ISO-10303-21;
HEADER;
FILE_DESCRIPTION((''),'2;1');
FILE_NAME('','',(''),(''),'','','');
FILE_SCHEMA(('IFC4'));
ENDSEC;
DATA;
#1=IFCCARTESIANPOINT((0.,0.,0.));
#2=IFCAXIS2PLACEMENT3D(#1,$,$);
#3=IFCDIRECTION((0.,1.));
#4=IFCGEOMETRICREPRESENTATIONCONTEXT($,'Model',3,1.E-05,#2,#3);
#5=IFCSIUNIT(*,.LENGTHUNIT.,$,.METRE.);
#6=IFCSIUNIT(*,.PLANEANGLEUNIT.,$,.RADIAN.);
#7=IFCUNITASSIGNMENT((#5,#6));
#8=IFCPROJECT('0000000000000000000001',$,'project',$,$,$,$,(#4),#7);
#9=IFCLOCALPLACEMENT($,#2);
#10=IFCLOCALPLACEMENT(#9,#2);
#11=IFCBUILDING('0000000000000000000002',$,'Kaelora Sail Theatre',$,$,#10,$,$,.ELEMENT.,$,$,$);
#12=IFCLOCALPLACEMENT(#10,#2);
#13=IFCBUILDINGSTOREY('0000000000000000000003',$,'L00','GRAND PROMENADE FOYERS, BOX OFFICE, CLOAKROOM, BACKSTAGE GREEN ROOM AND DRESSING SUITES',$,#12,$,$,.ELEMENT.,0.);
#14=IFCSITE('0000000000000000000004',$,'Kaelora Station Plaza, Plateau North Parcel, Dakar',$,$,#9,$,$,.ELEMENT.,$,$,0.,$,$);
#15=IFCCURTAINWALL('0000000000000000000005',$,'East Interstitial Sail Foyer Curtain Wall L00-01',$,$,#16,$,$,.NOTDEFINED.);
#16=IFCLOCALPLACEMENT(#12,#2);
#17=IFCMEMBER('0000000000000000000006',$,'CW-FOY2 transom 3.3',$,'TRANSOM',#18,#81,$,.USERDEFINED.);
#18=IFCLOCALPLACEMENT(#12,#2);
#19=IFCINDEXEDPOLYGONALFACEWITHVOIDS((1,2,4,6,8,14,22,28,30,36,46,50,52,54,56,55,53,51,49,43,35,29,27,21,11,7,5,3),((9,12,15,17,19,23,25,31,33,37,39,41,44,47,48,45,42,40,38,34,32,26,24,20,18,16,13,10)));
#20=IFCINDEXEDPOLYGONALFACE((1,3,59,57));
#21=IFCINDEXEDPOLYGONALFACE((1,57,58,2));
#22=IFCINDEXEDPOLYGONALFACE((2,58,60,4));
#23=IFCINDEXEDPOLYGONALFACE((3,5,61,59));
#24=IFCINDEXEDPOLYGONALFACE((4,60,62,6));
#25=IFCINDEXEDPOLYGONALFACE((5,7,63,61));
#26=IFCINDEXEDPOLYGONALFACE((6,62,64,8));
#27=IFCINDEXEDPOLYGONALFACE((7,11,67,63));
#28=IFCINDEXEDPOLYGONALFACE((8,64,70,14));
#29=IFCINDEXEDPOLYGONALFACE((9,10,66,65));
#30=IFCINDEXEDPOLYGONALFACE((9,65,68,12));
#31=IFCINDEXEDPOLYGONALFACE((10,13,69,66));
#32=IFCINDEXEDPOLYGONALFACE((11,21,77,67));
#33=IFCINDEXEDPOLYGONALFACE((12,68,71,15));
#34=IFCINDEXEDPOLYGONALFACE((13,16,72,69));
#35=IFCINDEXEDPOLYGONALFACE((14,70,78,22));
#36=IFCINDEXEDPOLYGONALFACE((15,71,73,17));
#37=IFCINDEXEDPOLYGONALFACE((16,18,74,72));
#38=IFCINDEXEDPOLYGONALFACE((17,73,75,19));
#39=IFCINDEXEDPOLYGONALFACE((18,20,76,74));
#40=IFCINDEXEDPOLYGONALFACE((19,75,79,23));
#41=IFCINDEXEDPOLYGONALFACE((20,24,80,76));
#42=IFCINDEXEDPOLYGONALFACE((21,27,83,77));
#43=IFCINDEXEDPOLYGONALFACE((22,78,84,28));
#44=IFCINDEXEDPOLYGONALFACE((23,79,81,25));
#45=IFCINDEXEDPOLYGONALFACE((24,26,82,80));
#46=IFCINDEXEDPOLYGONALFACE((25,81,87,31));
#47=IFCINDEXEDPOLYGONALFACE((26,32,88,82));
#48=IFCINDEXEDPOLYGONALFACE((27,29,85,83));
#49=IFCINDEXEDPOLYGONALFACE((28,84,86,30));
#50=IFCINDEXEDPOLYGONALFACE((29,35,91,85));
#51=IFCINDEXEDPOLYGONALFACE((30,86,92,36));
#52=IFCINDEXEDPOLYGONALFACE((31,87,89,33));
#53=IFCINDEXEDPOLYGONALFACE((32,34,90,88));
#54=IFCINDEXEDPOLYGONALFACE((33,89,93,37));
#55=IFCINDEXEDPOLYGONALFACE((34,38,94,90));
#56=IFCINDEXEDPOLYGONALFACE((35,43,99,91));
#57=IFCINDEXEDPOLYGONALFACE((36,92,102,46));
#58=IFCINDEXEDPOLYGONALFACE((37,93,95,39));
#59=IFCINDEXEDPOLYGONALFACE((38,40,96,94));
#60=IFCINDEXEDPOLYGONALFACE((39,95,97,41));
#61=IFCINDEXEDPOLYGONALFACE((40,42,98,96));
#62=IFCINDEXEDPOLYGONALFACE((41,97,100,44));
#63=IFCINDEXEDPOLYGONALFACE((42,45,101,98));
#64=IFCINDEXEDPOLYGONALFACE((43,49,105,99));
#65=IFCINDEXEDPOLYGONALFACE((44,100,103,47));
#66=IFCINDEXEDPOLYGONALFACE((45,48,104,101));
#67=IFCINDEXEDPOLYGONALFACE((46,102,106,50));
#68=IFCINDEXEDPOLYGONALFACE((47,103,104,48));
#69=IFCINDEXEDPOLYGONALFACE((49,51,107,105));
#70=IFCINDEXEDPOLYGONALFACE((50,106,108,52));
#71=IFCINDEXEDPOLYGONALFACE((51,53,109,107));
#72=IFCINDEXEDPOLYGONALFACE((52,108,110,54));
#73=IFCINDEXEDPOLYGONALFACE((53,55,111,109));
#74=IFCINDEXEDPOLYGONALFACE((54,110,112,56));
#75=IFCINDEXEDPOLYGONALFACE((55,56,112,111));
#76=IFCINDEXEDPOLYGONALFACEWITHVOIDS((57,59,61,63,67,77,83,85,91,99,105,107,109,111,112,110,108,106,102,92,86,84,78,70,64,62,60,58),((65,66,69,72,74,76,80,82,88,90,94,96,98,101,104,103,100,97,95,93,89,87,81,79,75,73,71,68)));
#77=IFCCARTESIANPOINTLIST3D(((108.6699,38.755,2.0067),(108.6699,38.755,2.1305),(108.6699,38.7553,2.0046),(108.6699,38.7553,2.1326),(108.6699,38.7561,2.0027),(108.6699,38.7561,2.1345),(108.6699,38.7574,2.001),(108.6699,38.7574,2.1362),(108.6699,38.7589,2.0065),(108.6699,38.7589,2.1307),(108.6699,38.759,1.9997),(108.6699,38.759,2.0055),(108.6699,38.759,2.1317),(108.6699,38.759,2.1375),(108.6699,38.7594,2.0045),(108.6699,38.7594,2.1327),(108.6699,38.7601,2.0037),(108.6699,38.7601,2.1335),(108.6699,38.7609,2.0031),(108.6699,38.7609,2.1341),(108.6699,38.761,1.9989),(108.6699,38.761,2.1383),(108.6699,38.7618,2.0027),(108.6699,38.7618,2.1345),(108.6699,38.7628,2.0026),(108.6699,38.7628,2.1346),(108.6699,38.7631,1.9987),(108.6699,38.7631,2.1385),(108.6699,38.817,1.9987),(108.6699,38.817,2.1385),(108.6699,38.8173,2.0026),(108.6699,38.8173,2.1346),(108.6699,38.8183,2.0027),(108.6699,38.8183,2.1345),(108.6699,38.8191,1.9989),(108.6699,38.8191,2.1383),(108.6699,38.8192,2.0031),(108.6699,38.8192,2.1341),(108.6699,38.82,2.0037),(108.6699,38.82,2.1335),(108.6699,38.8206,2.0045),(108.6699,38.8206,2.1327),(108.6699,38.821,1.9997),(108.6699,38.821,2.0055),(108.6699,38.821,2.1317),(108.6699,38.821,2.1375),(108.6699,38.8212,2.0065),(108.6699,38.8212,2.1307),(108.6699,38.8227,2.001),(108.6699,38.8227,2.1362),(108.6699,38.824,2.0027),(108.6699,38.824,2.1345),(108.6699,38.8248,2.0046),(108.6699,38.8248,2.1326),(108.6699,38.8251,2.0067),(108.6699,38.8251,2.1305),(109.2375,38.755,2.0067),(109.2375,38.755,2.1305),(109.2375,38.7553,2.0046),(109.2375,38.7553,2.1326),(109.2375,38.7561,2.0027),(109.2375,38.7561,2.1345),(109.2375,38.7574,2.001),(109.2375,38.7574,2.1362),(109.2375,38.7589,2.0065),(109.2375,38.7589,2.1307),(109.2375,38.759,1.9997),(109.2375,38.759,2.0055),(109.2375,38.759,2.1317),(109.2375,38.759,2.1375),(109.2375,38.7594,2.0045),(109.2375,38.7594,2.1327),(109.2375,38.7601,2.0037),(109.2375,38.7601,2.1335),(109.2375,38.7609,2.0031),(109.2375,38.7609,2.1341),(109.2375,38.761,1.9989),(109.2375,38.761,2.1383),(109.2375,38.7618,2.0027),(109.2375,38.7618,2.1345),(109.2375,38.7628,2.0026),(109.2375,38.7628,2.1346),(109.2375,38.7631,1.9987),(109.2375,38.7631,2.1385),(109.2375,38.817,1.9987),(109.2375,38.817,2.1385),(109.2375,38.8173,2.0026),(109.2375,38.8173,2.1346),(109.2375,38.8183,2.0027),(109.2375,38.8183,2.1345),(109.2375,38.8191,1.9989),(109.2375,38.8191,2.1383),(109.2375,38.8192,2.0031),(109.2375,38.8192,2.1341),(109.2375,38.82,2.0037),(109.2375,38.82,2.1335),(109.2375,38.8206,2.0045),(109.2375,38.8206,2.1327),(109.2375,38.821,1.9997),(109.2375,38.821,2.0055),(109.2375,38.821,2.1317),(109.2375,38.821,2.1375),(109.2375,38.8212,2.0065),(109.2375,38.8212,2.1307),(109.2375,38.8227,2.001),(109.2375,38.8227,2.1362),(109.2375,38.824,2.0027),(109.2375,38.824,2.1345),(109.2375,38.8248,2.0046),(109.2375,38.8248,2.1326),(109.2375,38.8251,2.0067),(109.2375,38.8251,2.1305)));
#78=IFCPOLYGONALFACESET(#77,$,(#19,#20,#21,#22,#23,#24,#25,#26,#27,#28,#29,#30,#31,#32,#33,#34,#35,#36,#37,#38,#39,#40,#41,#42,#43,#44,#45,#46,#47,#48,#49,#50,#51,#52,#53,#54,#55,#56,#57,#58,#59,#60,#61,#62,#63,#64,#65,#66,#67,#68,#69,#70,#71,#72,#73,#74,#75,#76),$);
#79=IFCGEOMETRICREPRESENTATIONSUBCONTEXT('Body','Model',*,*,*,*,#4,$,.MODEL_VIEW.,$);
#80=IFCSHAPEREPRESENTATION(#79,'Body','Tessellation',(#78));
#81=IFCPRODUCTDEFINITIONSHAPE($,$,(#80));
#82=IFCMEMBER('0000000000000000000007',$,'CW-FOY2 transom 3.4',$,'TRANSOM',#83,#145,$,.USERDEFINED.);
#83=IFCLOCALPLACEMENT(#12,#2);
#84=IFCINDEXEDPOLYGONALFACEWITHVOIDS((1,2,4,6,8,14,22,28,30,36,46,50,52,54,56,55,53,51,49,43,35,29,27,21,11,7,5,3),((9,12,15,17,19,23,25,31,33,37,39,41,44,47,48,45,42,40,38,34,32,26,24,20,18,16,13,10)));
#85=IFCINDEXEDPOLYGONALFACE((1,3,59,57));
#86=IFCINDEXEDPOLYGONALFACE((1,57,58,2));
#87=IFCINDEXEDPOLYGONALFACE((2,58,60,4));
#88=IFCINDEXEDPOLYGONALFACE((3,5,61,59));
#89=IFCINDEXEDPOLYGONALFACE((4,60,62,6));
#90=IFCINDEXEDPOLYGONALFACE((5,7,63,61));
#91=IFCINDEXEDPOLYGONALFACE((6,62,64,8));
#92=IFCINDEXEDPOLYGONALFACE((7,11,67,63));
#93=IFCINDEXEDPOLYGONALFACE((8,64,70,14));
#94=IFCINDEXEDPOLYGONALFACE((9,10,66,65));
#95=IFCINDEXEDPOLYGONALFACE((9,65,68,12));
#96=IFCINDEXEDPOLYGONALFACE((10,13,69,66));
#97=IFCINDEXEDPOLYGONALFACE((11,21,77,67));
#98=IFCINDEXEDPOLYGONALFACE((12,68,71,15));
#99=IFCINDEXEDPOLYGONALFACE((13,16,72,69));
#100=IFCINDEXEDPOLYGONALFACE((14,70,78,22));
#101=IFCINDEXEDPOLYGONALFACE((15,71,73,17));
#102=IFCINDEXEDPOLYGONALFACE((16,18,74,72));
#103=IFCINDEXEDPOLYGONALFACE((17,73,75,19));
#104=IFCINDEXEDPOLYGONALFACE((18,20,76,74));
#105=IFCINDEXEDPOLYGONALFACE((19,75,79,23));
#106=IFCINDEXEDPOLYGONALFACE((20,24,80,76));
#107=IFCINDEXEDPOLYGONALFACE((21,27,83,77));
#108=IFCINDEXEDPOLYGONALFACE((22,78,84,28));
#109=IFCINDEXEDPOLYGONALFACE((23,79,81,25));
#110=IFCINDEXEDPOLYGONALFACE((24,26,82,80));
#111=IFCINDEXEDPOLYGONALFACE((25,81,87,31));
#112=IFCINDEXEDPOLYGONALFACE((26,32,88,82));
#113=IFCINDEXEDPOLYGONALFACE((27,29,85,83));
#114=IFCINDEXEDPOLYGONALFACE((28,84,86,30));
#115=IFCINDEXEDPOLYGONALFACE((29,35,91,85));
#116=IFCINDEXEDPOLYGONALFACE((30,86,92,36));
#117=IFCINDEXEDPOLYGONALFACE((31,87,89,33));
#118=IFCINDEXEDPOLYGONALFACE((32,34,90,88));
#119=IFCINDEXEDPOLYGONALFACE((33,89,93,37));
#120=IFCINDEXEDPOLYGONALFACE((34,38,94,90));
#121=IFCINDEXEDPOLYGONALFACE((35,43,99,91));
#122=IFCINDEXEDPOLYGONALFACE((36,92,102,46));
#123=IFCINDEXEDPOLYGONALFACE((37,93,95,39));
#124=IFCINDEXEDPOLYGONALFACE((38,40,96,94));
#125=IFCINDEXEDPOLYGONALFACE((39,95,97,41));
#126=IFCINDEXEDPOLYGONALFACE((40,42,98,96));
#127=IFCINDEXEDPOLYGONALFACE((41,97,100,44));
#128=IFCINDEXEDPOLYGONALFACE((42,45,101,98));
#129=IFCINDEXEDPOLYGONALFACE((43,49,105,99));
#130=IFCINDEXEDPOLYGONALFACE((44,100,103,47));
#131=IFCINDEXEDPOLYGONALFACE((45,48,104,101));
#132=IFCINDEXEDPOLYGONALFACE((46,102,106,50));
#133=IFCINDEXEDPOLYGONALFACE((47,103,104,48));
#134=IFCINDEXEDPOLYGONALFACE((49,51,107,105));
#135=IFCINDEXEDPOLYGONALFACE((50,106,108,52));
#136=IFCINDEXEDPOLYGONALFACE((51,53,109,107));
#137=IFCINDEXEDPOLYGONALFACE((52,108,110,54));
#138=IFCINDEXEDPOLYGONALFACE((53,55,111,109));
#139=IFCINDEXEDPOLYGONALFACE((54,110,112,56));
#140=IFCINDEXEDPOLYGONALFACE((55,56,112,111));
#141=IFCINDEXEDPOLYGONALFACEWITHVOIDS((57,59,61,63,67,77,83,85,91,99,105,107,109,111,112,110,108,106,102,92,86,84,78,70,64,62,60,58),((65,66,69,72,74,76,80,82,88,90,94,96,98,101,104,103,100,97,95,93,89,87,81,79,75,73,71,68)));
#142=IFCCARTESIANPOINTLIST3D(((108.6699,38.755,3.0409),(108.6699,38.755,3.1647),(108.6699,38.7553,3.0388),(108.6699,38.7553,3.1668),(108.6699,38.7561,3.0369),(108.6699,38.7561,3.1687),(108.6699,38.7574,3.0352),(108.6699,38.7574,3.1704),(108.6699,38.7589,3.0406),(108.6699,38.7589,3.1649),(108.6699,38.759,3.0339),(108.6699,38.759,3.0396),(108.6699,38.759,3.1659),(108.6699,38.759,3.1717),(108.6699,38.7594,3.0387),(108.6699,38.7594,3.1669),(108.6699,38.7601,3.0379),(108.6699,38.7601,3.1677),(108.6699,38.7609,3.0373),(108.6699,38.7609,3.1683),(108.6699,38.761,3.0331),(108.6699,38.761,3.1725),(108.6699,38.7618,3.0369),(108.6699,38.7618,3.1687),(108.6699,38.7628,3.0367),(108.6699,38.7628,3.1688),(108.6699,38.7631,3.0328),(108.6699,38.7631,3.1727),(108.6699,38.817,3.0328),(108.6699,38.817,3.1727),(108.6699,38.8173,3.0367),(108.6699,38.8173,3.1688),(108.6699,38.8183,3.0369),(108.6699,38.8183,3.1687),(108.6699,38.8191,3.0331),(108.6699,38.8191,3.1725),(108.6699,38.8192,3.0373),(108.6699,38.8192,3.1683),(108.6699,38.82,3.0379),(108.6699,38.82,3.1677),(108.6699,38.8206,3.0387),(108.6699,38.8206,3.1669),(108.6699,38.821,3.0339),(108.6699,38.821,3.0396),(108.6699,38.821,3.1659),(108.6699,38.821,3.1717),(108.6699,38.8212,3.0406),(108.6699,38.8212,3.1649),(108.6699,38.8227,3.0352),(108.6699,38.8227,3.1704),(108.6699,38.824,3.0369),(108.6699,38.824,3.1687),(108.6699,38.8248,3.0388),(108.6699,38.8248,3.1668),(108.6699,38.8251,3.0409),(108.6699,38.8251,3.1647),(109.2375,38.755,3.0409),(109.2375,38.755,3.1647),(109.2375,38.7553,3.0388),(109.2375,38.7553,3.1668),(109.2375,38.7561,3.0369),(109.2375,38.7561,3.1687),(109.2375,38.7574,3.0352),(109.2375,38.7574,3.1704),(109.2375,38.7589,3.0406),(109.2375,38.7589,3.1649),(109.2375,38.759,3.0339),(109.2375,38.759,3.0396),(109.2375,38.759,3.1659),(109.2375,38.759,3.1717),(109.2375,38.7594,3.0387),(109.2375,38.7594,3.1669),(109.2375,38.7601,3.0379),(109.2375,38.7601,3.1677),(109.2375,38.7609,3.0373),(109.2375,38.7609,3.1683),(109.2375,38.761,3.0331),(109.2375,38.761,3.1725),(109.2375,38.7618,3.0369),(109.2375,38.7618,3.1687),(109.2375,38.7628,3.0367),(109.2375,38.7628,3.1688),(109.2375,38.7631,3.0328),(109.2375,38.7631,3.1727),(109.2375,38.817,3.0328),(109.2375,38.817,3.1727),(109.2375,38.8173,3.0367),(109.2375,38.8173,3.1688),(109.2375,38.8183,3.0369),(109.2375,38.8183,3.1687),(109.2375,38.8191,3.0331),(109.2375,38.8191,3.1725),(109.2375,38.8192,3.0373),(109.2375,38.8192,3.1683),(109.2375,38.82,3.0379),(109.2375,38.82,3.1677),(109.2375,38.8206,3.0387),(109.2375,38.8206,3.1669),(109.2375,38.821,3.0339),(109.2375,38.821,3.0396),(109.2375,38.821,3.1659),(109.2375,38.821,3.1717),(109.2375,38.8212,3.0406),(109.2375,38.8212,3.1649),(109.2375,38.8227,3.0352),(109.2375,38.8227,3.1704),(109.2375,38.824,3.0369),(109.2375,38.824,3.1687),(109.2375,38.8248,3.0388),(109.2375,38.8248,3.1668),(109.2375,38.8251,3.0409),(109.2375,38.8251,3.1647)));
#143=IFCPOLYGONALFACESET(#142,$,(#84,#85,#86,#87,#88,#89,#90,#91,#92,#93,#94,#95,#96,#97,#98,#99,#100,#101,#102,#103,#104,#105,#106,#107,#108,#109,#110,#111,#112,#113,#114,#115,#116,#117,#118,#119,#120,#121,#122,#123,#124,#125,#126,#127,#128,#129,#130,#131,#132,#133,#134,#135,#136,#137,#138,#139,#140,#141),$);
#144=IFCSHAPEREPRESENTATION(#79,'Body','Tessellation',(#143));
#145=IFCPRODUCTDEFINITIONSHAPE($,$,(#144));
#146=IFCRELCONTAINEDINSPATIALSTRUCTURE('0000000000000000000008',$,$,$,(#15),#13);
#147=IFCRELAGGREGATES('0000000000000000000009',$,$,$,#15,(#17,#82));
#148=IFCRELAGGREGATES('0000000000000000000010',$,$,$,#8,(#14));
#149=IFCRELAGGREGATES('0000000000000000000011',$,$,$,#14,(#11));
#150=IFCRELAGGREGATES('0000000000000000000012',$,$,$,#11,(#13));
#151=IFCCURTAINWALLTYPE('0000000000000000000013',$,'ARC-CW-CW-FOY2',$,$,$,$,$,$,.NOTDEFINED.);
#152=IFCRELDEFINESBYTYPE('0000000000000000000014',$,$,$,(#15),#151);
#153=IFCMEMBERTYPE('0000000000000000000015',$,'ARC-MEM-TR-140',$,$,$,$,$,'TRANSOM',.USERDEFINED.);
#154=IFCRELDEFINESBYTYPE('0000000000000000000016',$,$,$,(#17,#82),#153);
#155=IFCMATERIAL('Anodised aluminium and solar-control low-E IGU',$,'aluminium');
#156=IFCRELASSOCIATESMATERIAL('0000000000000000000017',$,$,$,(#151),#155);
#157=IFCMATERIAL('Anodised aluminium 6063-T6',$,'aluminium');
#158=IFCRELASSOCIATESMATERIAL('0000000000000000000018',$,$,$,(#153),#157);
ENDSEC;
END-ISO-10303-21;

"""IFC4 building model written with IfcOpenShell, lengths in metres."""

from ifc_helpers import new_model, si_unit, direction, frame, origin, origin_2d, place, context, subcontext, project, spatial, hollow_rectangle, extrude, material, material_profile, profile_set, type_object, element, aggregate, save


model = new_model("IFC4")

# Units and contexts
model_context = context("Model", 3, precision=1e-05, world=origin(), true_north=direction((0.0, 1.0)))
body_context = subcontext(model_context, "Body", "Model", "MODEL_VIEW")
ifc_project = project(units=[si_unit("LENGTHUNIT", "METRE"), si_unit("PLANEANGLEUNIT", "RADIAN")], contexts=[model_context])

# Site, building, storey
site_placement = place(None, origin())
site = spatial("IfcSite", under=ifc_project, at=site_placement, Name="Kaelora Station Plaza, Plateau North Parcel, Dakar", CompositionType="ELEMENT", RefElevation=0.0)
building_placement = place(site_placement, origin())
building = spatial("IfcBuilding", under=site, at=building_placement, Name="Kaelora Sail Theatre", CompositionType="ELEMENT")
storey_placement = place(building_placement, origin())
storey = spatial("IfcBuildingStorey", under=building, at=storey_placement, Name="L00", Description="GRAND PROMENADE FOYERS, BOX OFFICE, CLOAKROOM, BACKSTAGE GREEN ROOM AND DRESSING SUITES", CompositionType="ELEMENT", Elevation=0.0)

# Curtain wall, members
ifc_material_1 = material(Name="Anodised aluminium and solar-control low-E IGU", Category="aluminium")
curtain_wall_type = type_object("IfcCurtainWallType", Name="ARC-CW-CW-FOY2", PredefinedType="NOTDEFINED", material=ifc_material_1)
curtain_wall_1_placement = place(storey_placement, origin())
curtain_wall_1 = element("IfcCurtainWall", 1, at=curtain_wall_1_placement, inside=storey, type_object=curtain_wall_type, Name="East Interstitial Sail Foyer Curtain Wall L00-01", PredefinedType="NOTDEFINED")
ifc_material_2 = material(Name="Anodised aluminium 6063-T6", Category="aluminium")
ifc_material_profile = material_profile(ifc_material_2, hollow_rectangle(XDim=0.0701, YDim=0.1399, WallThickness=0.0039, InnerFilletRadius=0.0039, OuterFilletRadius=0.0081, at=origin_2d()), Name="ALU-TRAN 70x140x4")
ifc_profile_set = profile_set([ifc_material_profile], Name="Anodised aluminium 6063-T6")
member_type = type_object("IfcMemberType", Name="ARC-MEM-TR-140", ElementType="TRANSOM", PredefinedType="USERDEFINED", material=ifc_profile_set)
member_1_placement = place(storey_placement, frame((108.6699, 38.79, 2.0686), z_axis=(1.0, 0.0, 0.0), x_axis=(0.0, 1.0, 0.0)))
member_1 = element("IfcMember", 2, at=member_1_placement, type_object=member_type, Name="CW-FOY2 transom 3.3", ObjectType="TRANSOM", PredefinedType="USERDEFINED", context=body_context, shape_type="SweptSolid", body=[
    extrude(hollow_rectangle(XDim=0.0701, YDim=0.1399, WallThickness=0.0039, InnerFilletRadius=0.0039, OuterFilletRadius=0.0081, at=origin_2d()), origin(), (0.0, 0.0, 1.0), 0.5676),
])
member_2_placement = place(storey_placement, frame((108.6699, 38.79, 3.1028), z_axis=(1.0, 0.0, 0.0), x_axis=(0.0, 1.0, 0.0)))
member_2 = element("IfcMember", 3, at=member_2_placement, type_object=member_type, Name="CW-FOY2 transom 3.4", ObjectType="TRANSOM", PredefinedType="USERDEFINED", context=body_context, shape_type="SweptSolid", body=[
    extrude(hollow_rectangle(XDim=0.0701, YDim=0.1399, WallThickness=0.0039, InnerFilletRadius=0.0039, OuterFilletRadius=0.0081, at=origin_2d()), origin(), (0.0, 0.0, 1.0), 0.5676),
])

aggregate(curtain_wall_1, [member_1, member_2])

save(model, "model.ifc")
